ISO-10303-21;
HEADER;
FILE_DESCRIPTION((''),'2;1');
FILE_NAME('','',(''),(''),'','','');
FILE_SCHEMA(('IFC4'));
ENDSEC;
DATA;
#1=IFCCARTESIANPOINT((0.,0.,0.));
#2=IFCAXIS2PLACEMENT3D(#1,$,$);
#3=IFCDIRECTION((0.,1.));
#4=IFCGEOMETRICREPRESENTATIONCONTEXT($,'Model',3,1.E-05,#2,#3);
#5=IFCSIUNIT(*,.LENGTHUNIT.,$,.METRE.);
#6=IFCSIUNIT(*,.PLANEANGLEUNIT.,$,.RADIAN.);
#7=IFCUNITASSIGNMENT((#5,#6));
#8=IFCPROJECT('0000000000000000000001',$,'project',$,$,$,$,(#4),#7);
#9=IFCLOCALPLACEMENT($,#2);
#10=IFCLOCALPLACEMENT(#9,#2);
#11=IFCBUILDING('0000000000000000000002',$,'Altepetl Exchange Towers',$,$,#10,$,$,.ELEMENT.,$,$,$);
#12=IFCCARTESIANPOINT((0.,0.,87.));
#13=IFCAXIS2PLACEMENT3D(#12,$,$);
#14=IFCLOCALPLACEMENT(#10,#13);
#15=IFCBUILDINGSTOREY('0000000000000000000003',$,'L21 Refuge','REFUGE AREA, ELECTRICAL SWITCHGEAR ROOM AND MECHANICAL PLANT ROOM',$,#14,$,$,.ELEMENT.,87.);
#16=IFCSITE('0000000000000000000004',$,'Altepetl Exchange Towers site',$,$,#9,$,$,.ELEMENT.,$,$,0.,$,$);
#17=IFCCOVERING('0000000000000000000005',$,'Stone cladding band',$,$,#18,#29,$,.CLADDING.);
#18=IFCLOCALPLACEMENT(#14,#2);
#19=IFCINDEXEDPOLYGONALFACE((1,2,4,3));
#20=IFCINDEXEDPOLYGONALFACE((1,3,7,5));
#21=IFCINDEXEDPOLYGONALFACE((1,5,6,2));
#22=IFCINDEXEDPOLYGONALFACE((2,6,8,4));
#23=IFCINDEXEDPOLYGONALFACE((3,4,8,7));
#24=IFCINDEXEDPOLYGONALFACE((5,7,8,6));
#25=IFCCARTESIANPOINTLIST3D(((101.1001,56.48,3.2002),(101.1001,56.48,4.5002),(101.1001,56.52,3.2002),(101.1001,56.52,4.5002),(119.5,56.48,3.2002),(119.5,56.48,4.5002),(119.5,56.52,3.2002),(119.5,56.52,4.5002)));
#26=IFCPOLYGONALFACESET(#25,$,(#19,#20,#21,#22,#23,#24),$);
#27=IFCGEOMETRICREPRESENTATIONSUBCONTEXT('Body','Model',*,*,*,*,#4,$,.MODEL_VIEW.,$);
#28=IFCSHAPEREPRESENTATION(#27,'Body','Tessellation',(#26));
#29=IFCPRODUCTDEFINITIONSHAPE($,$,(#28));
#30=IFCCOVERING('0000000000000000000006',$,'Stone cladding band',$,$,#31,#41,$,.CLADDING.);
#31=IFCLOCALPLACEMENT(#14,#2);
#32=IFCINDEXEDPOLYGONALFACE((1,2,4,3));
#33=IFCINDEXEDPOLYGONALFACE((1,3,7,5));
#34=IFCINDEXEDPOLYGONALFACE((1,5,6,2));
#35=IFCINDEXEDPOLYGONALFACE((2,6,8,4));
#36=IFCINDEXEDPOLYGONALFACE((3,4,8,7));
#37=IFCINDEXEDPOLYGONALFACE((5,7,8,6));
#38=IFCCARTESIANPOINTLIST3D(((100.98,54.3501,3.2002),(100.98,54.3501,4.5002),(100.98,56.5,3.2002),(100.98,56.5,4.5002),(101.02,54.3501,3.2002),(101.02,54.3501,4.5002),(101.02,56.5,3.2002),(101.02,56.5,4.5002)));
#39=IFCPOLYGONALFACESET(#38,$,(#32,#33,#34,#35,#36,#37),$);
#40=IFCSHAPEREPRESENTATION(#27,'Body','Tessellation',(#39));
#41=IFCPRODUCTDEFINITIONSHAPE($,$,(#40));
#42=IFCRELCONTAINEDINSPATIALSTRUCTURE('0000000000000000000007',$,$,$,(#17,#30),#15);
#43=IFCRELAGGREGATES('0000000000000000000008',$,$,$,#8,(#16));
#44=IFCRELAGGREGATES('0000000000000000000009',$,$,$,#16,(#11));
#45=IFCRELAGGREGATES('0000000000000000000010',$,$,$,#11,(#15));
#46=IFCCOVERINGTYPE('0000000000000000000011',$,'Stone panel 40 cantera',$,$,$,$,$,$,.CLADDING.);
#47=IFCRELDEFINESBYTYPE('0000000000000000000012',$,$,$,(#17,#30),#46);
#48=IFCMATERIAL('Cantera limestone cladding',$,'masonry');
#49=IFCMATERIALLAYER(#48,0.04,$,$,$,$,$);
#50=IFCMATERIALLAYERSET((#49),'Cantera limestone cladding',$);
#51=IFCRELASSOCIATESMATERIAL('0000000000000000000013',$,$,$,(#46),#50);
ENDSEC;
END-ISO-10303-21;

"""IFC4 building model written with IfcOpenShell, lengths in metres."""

from ifc_helpers import new_model, si_unit, direction, frame, origin, origin_2d, place, context, subcontext, project, spatial, rectangle, extrude, material, layer, layer_set, type_object, element, save


model = new_model("IFC4")

# Units and contexts
model_context = context("Model", 3, precision=1e-05, world=origin(), true_north=direction((0.0, 1.0)))
body_context = subcontext(model_context, "Body", "Model", "MODEL_VIEW")
ifc_project = project(units=[si_unit("LENGTHUNIT", "METRE"), si_unit("PLANEANGLEUNIT", "RADIAN")], contexts=[model_context])

# Site, building, storey
site_placement = place(None, origin())
site = spatial("IfcSite", under=ifc_project, at=site_placement, Name="Altepetl Exchange Towers site", CompositionType="ELEMENT", RefElevation=0.0)
building_placement = place(site_placement, origin())
building = spatial("IfcBuilding", under=site, at=building_placement, Name="Altepetl Exchange Towers", CompositionType="ELEMENT")
storey_placement = place(building_placement, frame((0.0, 0.0, 87.0)))
storey = spatial("IfcBuildingStorey", under=building, at=storey_placement, Name="L21 Refuge", Description="REFUGE AREA, ELECTRICAL SWITCHGEAR ROOM AND MECHANICAL PLANT ROOM", CompositionType="ELEMENT", Elevation=87.0)

# Shared definitions
ifc_material_1 = material(Name="Cantera limestone cladding", Category="masonry")

# Coverings
ifc_layer_1 = layer(ifc_material_1, 0.04)
ifc_layer_set_1 = layer_set([ifc_layer_1], Name="Cantera limestone cladding")
covering_type = type_object("IfcCoveringType", Name="Stone panel 40 cantera", PredefinedType="CLADDING", material=ifc_layer_set_1)
covering_1_placement = place(storey_placement, frame((110.3, 56.5, 3.2002), z_axis=(0.0, 0.0, 1.0), x_axis=(-1.0, 0.0, 0.0)))
element("IfcCovering", 1, at=covering_1_placement, inside=storey, type_object=covering_type, Name="Stone cladding band", PredefinedType="CLADDING", context=body_context, shape_type="SweptSolid", body=[
    extrude(rectangle(XDim=18.3999, YDim=0.04, at=origin_2d()), origin(), (0.0, 0.0, 1.0), 1.3),
])
covering_2_placement = place(storey_placement, frame((101.0, 55.425, 3.2002), z_axis=(0.0, 0.0, 1.0), x_axis=(0.0, -1.0, 0.0)))
element("IfcCovering", 2, at=covering_2_placement, inside=storey, type_object=covering_type, Name="Stone cladding band", PredefinedType="CLADDING", context=body_context, shape_type="SweptSolid", body=[
    extrude(rectangle(XDim=2.1499, YDim=0.04, at=origin_2d()), origin(), (0.0, 0.0, 1.0), 1.3),
])

save(model, "model.ifc")
